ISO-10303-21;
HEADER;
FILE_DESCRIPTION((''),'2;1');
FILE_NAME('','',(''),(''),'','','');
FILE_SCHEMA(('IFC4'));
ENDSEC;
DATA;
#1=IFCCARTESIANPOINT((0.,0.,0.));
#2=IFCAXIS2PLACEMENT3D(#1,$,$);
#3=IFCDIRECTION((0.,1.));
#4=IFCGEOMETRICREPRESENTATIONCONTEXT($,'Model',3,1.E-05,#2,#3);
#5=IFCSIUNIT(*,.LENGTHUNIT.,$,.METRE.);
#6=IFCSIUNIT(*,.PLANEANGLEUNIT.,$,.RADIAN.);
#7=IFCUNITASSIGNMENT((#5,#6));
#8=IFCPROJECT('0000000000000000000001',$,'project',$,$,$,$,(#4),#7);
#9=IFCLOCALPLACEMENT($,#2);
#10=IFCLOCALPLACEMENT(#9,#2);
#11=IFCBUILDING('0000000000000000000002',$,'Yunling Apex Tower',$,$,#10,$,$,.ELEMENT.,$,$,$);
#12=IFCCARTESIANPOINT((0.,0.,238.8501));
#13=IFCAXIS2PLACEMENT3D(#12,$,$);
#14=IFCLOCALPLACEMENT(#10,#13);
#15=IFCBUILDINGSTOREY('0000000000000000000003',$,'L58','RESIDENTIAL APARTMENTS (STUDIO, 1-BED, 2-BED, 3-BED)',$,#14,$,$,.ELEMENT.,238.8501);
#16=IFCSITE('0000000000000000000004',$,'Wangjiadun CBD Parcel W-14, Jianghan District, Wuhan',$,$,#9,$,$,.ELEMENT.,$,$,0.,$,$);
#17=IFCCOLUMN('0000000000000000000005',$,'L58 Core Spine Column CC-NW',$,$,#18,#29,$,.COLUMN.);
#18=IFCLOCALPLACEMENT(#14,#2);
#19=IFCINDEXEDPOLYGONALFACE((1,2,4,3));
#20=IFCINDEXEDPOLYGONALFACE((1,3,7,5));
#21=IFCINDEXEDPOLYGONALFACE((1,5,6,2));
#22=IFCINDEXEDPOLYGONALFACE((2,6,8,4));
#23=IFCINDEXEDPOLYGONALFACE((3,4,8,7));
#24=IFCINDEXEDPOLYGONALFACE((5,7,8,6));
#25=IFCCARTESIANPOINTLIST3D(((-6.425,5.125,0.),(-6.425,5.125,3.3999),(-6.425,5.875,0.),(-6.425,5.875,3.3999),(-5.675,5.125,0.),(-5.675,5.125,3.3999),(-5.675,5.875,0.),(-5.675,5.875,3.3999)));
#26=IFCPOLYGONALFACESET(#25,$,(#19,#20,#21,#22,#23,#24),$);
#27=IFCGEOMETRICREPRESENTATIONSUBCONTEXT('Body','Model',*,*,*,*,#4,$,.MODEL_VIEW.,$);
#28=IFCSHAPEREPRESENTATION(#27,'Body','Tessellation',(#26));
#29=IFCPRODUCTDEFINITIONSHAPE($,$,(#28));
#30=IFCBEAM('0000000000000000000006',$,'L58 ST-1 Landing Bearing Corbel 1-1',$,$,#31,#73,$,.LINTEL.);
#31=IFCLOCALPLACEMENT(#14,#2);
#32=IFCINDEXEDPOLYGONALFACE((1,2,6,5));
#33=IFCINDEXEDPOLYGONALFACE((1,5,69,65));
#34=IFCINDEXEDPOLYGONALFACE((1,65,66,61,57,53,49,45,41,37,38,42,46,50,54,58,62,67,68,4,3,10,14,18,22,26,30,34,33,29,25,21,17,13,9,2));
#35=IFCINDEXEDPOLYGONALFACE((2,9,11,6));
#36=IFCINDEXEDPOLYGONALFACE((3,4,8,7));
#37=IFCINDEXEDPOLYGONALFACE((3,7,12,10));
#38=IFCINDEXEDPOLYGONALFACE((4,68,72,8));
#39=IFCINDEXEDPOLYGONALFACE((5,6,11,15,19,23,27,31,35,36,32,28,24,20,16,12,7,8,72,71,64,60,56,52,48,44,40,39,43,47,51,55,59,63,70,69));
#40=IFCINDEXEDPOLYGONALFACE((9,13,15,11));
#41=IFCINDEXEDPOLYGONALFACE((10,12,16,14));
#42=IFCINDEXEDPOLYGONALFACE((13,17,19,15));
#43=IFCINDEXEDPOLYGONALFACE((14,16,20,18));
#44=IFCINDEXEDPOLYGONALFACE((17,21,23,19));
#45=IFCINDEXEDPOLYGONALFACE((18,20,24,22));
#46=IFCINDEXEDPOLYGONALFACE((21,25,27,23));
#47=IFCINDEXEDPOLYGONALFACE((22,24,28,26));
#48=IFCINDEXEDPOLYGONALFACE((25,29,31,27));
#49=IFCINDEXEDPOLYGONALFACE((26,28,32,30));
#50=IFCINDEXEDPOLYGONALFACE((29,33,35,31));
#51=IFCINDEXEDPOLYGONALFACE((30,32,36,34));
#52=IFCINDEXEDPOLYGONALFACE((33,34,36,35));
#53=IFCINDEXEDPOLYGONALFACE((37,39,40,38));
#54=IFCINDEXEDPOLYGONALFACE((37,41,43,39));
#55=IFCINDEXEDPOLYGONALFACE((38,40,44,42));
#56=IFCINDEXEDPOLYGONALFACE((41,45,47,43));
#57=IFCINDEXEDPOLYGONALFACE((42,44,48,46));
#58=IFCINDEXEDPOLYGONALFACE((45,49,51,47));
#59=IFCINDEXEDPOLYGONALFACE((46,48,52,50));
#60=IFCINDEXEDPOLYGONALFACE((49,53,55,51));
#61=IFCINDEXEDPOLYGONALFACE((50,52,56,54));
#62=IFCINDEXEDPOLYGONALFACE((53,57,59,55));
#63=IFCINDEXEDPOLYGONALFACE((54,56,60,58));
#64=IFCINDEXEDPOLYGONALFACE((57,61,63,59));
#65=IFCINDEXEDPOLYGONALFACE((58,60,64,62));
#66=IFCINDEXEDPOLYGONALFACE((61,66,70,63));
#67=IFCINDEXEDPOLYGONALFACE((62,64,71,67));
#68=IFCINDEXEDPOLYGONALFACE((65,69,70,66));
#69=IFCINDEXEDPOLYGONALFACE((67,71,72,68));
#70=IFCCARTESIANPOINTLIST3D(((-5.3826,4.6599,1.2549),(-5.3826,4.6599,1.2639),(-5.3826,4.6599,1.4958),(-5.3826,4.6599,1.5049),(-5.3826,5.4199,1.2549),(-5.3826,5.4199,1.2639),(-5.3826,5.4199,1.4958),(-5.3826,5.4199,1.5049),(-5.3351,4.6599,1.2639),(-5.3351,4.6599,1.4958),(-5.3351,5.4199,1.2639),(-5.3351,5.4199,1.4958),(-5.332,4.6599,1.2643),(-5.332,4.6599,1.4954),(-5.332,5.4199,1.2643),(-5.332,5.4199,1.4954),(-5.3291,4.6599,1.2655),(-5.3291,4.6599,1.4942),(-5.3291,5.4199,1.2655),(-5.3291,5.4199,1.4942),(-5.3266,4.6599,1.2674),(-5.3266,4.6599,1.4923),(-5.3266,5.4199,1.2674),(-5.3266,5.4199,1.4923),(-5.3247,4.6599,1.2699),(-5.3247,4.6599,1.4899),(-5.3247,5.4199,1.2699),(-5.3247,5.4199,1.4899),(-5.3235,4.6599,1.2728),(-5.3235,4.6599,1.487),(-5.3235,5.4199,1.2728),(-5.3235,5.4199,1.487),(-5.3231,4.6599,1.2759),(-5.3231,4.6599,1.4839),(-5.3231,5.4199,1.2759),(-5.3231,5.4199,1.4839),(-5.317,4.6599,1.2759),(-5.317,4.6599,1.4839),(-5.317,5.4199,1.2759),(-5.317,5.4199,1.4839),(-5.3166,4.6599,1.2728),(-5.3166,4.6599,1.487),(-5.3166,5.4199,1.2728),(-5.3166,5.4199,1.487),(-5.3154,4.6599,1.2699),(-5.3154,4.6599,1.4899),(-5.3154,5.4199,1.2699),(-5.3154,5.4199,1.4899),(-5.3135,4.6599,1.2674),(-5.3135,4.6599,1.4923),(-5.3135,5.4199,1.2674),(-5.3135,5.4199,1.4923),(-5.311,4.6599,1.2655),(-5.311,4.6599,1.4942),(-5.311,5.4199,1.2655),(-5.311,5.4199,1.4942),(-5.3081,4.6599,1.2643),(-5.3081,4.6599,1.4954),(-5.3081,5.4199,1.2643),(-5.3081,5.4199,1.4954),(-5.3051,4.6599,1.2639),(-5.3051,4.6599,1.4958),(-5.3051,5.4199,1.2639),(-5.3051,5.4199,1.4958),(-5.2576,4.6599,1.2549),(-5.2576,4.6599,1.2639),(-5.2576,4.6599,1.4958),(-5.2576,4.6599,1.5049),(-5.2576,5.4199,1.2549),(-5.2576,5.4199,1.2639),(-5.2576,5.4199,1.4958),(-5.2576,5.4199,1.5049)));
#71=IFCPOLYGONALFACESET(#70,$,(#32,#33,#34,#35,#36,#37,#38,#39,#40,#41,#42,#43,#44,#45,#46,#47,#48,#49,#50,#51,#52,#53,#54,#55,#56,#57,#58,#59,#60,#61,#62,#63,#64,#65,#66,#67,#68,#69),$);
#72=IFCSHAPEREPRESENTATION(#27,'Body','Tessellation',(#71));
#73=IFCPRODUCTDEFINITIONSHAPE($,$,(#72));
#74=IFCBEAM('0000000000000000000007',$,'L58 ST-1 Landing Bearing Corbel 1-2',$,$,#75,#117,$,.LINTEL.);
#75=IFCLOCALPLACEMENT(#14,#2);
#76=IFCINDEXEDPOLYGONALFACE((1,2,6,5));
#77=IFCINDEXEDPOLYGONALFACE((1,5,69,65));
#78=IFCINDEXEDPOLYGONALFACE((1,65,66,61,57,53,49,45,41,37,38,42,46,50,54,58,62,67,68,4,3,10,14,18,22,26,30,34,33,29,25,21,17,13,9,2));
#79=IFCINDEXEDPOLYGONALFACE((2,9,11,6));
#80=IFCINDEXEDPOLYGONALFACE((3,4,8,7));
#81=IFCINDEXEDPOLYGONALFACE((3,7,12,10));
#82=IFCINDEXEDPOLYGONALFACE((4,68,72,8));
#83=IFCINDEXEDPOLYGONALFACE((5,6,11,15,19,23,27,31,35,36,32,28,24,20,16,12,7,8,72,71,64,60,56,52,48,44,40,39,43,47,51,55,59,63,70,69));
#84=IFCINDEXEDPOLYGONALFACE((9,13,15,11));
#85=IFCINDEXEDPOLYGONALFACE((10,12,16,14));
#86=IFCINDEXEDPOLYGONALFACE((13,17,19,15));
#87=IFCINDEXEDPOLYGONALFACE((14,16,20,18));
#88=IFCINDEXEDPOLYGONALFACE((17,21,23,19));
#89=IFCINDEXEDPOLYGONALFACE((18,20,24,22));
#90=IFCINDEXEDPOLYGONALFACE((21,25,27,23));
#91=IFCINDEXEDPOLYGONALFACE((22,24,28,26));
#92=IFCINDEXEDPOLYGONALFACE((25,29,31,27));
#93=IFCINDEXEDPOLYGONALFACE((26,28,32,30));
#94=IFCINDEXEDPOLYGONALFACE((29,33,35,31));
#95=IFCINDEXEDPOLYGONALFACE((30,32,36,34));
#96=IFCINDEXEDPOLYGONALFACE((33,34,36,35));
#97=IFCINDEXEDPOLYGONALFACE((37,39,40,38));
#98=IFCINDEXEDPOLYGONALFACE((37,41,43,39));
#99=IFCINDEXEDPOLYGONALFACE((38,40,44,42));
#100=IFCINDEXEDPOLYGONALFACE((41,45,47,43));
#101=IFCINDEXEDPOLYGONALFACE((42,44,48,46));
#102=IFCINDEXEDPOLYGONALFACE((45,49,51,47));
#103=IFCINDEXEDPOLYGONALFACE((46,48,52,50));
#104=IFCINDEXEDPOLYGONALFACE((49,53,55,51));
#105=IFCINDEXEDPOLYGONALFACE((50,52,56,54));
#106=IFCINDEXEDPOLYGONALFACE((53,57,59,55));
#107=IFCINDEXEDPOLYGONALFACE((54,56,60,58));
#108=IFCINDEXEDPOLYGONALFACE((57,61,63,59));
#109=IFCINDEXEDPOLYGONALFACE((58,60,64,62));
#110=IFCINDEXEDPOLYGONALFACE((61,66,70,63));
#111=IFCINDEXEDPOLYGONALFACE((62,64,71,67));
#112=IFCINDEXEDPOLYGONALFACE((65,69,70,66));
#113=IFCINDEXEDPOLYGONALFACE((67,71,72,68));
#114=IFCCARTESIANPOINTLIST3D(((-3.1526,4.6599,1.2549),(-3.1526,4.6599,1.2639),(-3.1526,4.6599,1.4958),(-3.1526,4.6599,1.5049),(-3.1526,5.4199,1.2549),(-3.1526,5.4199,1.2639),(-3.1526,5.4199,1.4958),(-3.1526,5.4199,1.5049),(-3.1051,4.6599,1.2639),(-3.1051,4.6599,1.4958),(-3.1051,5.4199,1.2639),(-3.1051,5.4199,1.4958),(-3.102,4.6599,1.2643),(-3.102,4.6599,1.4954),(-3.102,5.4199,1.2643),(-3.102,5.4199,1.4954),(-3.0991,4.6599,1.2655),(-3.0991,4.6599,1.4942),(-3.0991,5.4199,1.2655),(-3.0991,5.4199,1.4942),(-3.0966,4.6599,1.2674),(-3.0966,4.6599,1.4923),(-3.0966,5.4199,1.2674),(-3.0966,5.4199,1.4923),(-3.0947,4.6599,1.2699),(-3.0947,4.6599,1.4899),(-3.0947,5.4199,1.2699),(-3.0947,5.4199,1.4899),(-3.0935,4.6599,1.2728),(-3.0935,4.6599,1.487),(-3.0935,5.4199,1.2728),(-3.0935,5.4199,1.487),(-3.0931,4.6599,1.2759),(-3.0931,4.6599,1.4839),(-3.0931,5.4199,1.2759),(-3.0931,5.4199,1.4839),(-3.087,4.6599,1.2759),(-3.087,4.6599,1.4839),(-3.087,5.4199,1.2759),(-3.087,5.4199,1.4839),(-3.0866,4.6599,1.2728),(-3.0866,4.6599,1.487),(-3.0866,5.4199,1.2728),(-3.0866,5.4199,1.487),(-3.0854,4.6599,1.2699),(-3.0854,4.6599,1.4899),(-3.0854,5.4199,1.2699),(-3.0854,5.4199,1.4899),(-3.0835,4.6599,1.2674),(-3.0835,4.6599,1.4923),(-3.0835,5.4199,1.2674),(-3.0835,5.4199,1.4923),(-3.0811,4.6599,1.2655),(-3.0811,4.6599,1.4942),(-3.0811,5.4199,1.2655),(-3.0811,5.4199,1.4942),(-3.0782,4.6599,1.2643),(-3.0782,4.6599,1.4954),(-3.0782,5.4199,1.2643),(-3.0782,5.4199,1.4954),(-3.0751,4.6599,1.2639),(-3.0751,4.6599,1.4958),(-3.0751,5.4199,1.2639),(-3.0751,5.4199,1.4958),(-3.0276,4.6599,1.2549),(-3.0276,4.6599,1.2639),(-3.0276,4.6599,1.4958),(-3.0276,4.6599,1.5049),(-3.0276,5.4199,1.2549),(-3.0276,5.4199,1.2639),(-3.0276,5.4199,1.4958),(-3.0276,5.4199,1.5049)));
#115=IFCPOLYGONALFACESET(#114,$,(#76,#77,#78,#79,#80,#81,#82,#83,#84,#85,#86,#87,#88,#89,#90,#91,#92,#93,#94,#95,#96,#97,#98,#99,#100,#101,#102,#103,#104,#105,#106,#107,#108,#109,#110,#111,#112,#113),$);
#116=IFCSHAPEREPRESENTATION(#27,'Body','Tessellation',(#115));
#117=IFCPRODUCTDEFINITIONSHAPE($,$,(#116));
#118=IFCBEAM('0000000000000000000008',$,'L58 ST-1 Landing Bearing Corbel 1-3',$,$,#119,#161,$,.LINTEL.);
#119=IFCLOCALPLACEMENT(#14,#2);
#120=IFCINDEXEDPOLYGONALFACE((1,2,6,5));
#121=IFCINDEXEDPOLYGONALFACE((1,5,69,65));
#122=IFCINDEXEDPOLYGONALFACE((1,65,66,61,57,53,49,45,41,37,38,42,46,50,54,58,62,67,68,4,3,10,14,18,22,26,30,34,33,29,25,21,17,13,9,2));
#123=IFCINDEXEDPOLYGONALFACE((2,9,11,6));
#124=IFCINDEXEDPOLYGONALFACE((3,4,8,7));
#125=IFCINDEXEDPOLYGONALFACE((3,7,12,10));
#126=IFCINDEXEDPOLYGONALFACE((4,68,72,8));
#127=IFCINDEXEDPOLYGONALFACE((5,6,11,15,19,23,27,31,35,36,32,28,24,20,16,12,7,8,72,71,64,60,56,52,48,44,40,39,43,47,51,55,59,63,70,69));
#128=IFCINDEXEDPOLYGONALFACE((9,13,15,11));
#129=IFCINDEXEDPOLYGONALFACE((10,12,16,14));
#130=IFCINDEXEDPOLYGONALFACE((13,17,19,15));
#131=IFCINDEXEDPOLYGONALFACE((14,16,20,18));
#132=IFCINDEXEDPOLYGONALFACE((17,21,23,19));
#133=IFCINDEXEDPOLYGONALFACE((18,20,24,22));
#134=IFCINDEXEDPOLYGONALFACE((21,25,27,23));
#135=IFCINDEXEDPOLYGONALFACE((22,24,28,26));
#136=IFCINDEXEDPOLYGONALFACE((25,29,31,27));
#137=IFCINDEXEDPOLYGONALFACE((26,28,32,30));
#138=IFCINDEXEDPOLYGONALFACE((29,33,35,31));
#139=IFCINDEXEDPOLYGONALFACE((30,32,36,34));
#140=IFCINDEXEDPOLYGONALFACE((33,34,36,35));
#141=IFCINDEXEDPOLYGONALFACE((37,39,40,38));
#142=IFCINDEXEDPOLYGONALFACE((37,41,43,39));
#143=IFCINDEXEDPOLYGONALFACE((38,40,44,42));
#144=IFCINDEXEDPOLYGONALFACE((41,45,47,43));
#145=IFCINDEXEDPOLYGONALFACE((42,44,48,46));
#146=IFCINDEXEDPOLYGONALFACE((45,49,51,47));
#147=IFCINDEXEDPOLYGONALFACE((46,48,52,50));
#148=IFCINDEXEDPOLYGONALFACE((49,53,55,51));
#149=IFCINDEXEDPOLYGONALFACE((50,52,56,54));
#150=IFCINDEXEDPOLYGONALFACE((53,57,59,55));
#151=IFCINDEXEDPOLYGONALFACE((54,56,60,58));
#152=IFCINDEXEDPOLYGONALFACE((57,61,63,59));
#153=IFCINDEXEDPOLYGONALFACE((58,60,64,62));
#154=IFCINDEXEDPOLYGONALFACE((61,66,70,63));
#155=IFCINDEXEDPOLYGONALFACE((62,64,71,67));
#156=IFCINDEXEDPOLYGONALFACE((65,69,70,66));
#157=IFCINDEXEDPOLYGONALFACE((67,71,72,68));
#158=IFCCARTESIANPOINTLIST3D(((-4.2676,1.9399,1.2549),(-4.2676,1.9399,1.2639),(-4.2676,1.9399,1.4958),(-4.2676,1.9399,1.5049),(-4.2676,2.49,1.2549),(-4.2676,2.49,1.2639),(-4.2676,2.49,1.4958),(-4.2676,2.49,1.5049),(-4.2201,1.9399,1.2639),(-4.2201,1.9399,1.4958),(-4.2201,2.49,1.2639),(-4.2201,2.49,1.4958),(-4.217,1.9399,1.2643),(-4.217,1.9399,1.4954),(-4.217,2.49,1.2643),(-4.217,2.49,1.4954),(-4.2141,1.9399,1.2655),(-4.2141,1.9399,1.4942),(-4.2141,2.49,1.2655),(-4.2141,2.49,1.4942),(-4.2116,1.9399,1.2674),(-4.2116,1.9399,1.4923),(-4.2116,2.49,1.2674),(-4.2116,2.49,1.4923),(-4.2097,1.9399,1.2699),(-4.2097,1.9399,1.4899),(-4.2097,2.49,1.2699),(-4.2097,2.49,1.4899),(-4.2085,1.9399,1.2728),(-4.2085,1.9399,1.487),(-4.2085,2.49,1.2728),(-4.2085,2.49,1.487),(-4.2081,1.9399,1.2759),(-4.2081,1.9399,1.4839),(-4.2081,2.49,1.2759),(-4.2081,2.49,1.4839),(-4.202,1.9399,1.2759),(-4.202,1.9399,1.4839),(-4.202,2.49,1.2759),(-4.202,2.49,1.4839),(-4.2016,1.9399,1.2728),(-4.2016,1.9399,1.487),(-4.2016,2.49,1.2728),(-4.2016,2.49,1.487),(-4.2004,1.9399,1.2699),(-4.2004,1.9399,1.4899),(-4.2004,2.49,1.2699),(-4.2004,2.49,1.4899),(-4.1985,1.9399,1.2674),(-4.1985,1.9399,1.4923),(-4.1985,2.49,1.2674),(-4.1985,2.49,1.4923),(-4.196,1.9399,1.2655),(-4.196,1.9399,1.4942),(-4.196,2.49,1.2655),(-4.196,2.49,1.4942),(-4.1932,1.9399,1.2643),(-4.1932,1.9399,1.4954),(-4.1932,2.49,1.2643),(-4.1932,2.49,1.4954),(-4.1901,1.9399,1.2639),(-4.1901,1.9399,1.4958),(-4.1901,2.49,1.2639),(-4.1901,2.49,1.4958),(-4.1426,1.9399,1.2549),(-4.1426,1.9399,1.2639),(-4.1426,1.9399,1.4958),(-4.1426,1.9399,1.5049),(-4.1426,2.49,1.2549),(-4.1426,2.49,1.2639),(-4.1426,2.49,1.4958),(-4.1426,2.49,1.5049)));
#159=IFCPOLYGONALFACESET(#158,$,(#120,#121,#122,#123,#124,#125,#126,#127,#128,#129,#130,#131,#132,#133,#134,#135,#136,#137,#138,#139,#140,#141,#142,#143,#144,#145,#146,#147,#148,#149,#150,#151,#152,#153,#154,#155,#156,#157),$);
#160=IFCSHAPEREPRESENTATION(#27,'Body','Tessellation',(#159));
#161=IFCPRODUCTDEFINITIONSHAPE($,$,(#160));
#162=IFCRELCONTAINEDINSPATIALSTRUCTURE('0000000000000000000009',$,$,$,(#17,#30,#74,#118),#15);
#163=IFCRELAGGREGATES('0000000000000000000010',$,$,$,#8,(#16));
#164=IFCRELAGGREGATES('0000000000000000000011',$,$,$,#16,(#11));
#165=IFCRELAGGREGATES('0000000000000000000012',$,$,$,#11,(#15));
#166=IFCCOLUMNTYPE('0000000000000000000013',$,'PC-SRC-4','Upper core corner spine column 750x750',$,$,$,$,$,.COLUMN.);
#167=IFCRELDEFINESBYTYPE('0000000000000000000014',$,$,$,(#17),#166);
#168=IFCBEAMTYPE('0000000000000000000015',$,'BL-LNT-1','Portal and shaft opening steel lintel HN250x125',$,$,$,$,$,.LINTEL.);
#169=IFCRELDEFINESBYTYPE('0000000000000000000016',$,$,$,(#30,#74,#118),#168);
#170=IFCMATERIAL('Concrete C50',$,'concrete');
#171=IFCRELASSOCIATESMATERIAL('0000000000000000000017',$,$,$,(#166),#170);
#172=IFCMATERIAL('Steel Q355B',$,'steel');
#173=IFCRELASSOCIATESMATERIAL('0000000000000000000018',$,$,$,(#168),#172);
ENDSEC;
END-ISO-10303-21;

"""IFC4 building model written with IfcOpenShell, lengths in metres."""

from ifc_helpers import new_model, si_unit, direction, frame, origin, origin_2d, place, context, subcontext, project, spatial, rectangle, i_section, extrude, source, transform, mapped, material, material_profile, profile_set, type_object, element, save


model = new_model("IFC4")

# Units and contexts
model_context = context("Model", 3, precision=1e-05, world=origin(), true_north=direction((0.0, 1.0)))
body_context = subcontext(model_context, "Body", "Model", "MODEL_VIEW")
ifc_project = project(units=[si_unit("LENGTHUNIT", "METRE"), si_unit("PLANEANGLEUNIT", "RADIAN")], contexts=[model_context])

# Site, building, storey
site_placement = place(None, origin())
site = spatial("IfcSite", under=ifc_project, at=site_placement, Name="Wangjiadun CBD Parcel W-14, Jianghan District, Wuhan", CompositionType="ELEMENT", RefElevation=0.0)
building_placement = place(site_placement, origin())
building = spatial("IfcBuilding", under=site, at=building_placement, Name="Yunling Apex Tower", CompositionType="ELEMENT")
storey_placement = place(building_placement, frame((0.0, 0.0, 238.8501)))
storey = spatial("IfcBuildingStorey", under=building, at=storey_placement, Name="L58", Description="RESIDENTIAL APARTMENTS (STUDIO, 1-BED, 2-BED, 3-BED)", CompositionType="ELEMENT", Elevation=238.8501)

# Column
ifc_material_1 = material(Name="Concrete C50", Category="concrete")
ifc_material_profile_1 = material_profile(ifc_material_1, rectangle(XDim=0.75, YDim=0.75, at=origin_2d()))
ifc_profile_set_1 = profile_set([ifc_material_profile_1], Name="Concrete C50")
column_type = type_object("IfcColumnType", Name="PC-SRC-4", Description="Upper core corner spine column 750x750", PredefinedType="COLUMN", material=ifc_profile_set_1)
shared_shape_1 = source(origin(), body_context, "Body", "SweptSolid", [
    extrude(rectangle(XDim=0.75, YDim=0.75, at=origin_2d()), origin(), (0.0, 0.0, 1.0), 3.3999),
])
column_placement = place(storey_placement, frame((-6.05, 5.5, 0.0), z_axis=(0.0, 0.0, 1.0), x_axis=(1.0, 0.0, 0.0)))
element("IfcColumn", 1, at=column_placement, inside=storey, type_object=column_type, Name="L58 Core Spine Column CC-NW", PredefinedType="COLUMN", context=body_context, shape_type="MappedRepresentation", body=[
    mapped(shared_shape_1, transform((0.0, 0.0, 0.0), scale=1.0)),
])

# Beams
ifc_material_2 = material(Name="Steel Q355B", Category="steel")
ifc_material_profile_2 = material_profile(ifc_material_2, i_section(OverallWidth=0.125, OverallDepth=0.25, WebThickness=0.0061, FlangeThickness=0.009, FilletRadius=0.012, at=origin_2d()))
ifc_profile_set_2 = profile_set([ifc_material_profile_2], Name="Steel Q355B")
beam_type_1 = type_object("IfcBeamType", Name="BL-LNT-1", Description="Portal and shaft opening steel lintel HN250x125", PredefinedType="LINTEL", material=ifc_profile_set_2)
shared_shape_2 = source(origin(), body_context, "Body", "SweptSolid", [
    extrude(i_section(OverallWidth=0.125, OverallDepth=0.25, WebThickness=0.0061, FlangeThickness=0.009, FilletRadius=0.012, at=origin_2d()), origin(), (0.0, 0.0, 1.0), 0.76),
])
for number, where, z_axis, x_axis, name in (
    (2, (-5.3201, 5.4199, 1.3799), (0.0, -1.0, 0.0), (1.0, 0.0, 0.0), "L58 ST-1 Landing Bearing Corbel 1-1"),
    (3, (-3.0901, 5.4199, 1.3799), (0.0, -1.0, 0.0), (1.0, 0.0, 0.0), "L58 ST-1 Landing Bearing Corbel 1-2"),
):
    element("IfcBeam", number, at=place(storey_placement, frame(where, z_axis=z_axis, x_axis=x_axis)), inside=storey, type_object=beam_type_1, Name=name, PredefinedType="LINTEL", context=body_context, shape_type="MappedRepresentation", body=[
        mapped(shared_shape_2, transform((0.0, 0.0, 0.0), scale=1.0)),
    ])
shared_shape_3 = source(origin(), body_context, "Body", "SweptSolid", [
    extrude(i_section(OverallWidth=0.125, OverallDepth=0.25, WebThickness=0.0061, FlangeThickness=0.009, FilletRadius=0.012, at=origin_2d()), origin(), (0.0, 0.0, 1.0), 0.55),
])
beam_1_placement = place(storey_placement, frame((-4.2051, 1.9399, 1.3799), z_axis=(0.0, 1.0, 0.0), x_axis=(-1.0, 0.0, 0.0)))
element("IfcBeam", 4, at=beam_1_placement, inside=storey, type_object=beam_type_1, Name="L58 ST-1 Landing Bearing Corbel 1-3", PredefinedType="LINTEL", context=body_context, shape_type="MappedRepresentation", body=[
    mapped(shared_shape_3, transform((0.0, 0.0, 0.0), scale=1.0)),
])

save(model, "model.ifc")
